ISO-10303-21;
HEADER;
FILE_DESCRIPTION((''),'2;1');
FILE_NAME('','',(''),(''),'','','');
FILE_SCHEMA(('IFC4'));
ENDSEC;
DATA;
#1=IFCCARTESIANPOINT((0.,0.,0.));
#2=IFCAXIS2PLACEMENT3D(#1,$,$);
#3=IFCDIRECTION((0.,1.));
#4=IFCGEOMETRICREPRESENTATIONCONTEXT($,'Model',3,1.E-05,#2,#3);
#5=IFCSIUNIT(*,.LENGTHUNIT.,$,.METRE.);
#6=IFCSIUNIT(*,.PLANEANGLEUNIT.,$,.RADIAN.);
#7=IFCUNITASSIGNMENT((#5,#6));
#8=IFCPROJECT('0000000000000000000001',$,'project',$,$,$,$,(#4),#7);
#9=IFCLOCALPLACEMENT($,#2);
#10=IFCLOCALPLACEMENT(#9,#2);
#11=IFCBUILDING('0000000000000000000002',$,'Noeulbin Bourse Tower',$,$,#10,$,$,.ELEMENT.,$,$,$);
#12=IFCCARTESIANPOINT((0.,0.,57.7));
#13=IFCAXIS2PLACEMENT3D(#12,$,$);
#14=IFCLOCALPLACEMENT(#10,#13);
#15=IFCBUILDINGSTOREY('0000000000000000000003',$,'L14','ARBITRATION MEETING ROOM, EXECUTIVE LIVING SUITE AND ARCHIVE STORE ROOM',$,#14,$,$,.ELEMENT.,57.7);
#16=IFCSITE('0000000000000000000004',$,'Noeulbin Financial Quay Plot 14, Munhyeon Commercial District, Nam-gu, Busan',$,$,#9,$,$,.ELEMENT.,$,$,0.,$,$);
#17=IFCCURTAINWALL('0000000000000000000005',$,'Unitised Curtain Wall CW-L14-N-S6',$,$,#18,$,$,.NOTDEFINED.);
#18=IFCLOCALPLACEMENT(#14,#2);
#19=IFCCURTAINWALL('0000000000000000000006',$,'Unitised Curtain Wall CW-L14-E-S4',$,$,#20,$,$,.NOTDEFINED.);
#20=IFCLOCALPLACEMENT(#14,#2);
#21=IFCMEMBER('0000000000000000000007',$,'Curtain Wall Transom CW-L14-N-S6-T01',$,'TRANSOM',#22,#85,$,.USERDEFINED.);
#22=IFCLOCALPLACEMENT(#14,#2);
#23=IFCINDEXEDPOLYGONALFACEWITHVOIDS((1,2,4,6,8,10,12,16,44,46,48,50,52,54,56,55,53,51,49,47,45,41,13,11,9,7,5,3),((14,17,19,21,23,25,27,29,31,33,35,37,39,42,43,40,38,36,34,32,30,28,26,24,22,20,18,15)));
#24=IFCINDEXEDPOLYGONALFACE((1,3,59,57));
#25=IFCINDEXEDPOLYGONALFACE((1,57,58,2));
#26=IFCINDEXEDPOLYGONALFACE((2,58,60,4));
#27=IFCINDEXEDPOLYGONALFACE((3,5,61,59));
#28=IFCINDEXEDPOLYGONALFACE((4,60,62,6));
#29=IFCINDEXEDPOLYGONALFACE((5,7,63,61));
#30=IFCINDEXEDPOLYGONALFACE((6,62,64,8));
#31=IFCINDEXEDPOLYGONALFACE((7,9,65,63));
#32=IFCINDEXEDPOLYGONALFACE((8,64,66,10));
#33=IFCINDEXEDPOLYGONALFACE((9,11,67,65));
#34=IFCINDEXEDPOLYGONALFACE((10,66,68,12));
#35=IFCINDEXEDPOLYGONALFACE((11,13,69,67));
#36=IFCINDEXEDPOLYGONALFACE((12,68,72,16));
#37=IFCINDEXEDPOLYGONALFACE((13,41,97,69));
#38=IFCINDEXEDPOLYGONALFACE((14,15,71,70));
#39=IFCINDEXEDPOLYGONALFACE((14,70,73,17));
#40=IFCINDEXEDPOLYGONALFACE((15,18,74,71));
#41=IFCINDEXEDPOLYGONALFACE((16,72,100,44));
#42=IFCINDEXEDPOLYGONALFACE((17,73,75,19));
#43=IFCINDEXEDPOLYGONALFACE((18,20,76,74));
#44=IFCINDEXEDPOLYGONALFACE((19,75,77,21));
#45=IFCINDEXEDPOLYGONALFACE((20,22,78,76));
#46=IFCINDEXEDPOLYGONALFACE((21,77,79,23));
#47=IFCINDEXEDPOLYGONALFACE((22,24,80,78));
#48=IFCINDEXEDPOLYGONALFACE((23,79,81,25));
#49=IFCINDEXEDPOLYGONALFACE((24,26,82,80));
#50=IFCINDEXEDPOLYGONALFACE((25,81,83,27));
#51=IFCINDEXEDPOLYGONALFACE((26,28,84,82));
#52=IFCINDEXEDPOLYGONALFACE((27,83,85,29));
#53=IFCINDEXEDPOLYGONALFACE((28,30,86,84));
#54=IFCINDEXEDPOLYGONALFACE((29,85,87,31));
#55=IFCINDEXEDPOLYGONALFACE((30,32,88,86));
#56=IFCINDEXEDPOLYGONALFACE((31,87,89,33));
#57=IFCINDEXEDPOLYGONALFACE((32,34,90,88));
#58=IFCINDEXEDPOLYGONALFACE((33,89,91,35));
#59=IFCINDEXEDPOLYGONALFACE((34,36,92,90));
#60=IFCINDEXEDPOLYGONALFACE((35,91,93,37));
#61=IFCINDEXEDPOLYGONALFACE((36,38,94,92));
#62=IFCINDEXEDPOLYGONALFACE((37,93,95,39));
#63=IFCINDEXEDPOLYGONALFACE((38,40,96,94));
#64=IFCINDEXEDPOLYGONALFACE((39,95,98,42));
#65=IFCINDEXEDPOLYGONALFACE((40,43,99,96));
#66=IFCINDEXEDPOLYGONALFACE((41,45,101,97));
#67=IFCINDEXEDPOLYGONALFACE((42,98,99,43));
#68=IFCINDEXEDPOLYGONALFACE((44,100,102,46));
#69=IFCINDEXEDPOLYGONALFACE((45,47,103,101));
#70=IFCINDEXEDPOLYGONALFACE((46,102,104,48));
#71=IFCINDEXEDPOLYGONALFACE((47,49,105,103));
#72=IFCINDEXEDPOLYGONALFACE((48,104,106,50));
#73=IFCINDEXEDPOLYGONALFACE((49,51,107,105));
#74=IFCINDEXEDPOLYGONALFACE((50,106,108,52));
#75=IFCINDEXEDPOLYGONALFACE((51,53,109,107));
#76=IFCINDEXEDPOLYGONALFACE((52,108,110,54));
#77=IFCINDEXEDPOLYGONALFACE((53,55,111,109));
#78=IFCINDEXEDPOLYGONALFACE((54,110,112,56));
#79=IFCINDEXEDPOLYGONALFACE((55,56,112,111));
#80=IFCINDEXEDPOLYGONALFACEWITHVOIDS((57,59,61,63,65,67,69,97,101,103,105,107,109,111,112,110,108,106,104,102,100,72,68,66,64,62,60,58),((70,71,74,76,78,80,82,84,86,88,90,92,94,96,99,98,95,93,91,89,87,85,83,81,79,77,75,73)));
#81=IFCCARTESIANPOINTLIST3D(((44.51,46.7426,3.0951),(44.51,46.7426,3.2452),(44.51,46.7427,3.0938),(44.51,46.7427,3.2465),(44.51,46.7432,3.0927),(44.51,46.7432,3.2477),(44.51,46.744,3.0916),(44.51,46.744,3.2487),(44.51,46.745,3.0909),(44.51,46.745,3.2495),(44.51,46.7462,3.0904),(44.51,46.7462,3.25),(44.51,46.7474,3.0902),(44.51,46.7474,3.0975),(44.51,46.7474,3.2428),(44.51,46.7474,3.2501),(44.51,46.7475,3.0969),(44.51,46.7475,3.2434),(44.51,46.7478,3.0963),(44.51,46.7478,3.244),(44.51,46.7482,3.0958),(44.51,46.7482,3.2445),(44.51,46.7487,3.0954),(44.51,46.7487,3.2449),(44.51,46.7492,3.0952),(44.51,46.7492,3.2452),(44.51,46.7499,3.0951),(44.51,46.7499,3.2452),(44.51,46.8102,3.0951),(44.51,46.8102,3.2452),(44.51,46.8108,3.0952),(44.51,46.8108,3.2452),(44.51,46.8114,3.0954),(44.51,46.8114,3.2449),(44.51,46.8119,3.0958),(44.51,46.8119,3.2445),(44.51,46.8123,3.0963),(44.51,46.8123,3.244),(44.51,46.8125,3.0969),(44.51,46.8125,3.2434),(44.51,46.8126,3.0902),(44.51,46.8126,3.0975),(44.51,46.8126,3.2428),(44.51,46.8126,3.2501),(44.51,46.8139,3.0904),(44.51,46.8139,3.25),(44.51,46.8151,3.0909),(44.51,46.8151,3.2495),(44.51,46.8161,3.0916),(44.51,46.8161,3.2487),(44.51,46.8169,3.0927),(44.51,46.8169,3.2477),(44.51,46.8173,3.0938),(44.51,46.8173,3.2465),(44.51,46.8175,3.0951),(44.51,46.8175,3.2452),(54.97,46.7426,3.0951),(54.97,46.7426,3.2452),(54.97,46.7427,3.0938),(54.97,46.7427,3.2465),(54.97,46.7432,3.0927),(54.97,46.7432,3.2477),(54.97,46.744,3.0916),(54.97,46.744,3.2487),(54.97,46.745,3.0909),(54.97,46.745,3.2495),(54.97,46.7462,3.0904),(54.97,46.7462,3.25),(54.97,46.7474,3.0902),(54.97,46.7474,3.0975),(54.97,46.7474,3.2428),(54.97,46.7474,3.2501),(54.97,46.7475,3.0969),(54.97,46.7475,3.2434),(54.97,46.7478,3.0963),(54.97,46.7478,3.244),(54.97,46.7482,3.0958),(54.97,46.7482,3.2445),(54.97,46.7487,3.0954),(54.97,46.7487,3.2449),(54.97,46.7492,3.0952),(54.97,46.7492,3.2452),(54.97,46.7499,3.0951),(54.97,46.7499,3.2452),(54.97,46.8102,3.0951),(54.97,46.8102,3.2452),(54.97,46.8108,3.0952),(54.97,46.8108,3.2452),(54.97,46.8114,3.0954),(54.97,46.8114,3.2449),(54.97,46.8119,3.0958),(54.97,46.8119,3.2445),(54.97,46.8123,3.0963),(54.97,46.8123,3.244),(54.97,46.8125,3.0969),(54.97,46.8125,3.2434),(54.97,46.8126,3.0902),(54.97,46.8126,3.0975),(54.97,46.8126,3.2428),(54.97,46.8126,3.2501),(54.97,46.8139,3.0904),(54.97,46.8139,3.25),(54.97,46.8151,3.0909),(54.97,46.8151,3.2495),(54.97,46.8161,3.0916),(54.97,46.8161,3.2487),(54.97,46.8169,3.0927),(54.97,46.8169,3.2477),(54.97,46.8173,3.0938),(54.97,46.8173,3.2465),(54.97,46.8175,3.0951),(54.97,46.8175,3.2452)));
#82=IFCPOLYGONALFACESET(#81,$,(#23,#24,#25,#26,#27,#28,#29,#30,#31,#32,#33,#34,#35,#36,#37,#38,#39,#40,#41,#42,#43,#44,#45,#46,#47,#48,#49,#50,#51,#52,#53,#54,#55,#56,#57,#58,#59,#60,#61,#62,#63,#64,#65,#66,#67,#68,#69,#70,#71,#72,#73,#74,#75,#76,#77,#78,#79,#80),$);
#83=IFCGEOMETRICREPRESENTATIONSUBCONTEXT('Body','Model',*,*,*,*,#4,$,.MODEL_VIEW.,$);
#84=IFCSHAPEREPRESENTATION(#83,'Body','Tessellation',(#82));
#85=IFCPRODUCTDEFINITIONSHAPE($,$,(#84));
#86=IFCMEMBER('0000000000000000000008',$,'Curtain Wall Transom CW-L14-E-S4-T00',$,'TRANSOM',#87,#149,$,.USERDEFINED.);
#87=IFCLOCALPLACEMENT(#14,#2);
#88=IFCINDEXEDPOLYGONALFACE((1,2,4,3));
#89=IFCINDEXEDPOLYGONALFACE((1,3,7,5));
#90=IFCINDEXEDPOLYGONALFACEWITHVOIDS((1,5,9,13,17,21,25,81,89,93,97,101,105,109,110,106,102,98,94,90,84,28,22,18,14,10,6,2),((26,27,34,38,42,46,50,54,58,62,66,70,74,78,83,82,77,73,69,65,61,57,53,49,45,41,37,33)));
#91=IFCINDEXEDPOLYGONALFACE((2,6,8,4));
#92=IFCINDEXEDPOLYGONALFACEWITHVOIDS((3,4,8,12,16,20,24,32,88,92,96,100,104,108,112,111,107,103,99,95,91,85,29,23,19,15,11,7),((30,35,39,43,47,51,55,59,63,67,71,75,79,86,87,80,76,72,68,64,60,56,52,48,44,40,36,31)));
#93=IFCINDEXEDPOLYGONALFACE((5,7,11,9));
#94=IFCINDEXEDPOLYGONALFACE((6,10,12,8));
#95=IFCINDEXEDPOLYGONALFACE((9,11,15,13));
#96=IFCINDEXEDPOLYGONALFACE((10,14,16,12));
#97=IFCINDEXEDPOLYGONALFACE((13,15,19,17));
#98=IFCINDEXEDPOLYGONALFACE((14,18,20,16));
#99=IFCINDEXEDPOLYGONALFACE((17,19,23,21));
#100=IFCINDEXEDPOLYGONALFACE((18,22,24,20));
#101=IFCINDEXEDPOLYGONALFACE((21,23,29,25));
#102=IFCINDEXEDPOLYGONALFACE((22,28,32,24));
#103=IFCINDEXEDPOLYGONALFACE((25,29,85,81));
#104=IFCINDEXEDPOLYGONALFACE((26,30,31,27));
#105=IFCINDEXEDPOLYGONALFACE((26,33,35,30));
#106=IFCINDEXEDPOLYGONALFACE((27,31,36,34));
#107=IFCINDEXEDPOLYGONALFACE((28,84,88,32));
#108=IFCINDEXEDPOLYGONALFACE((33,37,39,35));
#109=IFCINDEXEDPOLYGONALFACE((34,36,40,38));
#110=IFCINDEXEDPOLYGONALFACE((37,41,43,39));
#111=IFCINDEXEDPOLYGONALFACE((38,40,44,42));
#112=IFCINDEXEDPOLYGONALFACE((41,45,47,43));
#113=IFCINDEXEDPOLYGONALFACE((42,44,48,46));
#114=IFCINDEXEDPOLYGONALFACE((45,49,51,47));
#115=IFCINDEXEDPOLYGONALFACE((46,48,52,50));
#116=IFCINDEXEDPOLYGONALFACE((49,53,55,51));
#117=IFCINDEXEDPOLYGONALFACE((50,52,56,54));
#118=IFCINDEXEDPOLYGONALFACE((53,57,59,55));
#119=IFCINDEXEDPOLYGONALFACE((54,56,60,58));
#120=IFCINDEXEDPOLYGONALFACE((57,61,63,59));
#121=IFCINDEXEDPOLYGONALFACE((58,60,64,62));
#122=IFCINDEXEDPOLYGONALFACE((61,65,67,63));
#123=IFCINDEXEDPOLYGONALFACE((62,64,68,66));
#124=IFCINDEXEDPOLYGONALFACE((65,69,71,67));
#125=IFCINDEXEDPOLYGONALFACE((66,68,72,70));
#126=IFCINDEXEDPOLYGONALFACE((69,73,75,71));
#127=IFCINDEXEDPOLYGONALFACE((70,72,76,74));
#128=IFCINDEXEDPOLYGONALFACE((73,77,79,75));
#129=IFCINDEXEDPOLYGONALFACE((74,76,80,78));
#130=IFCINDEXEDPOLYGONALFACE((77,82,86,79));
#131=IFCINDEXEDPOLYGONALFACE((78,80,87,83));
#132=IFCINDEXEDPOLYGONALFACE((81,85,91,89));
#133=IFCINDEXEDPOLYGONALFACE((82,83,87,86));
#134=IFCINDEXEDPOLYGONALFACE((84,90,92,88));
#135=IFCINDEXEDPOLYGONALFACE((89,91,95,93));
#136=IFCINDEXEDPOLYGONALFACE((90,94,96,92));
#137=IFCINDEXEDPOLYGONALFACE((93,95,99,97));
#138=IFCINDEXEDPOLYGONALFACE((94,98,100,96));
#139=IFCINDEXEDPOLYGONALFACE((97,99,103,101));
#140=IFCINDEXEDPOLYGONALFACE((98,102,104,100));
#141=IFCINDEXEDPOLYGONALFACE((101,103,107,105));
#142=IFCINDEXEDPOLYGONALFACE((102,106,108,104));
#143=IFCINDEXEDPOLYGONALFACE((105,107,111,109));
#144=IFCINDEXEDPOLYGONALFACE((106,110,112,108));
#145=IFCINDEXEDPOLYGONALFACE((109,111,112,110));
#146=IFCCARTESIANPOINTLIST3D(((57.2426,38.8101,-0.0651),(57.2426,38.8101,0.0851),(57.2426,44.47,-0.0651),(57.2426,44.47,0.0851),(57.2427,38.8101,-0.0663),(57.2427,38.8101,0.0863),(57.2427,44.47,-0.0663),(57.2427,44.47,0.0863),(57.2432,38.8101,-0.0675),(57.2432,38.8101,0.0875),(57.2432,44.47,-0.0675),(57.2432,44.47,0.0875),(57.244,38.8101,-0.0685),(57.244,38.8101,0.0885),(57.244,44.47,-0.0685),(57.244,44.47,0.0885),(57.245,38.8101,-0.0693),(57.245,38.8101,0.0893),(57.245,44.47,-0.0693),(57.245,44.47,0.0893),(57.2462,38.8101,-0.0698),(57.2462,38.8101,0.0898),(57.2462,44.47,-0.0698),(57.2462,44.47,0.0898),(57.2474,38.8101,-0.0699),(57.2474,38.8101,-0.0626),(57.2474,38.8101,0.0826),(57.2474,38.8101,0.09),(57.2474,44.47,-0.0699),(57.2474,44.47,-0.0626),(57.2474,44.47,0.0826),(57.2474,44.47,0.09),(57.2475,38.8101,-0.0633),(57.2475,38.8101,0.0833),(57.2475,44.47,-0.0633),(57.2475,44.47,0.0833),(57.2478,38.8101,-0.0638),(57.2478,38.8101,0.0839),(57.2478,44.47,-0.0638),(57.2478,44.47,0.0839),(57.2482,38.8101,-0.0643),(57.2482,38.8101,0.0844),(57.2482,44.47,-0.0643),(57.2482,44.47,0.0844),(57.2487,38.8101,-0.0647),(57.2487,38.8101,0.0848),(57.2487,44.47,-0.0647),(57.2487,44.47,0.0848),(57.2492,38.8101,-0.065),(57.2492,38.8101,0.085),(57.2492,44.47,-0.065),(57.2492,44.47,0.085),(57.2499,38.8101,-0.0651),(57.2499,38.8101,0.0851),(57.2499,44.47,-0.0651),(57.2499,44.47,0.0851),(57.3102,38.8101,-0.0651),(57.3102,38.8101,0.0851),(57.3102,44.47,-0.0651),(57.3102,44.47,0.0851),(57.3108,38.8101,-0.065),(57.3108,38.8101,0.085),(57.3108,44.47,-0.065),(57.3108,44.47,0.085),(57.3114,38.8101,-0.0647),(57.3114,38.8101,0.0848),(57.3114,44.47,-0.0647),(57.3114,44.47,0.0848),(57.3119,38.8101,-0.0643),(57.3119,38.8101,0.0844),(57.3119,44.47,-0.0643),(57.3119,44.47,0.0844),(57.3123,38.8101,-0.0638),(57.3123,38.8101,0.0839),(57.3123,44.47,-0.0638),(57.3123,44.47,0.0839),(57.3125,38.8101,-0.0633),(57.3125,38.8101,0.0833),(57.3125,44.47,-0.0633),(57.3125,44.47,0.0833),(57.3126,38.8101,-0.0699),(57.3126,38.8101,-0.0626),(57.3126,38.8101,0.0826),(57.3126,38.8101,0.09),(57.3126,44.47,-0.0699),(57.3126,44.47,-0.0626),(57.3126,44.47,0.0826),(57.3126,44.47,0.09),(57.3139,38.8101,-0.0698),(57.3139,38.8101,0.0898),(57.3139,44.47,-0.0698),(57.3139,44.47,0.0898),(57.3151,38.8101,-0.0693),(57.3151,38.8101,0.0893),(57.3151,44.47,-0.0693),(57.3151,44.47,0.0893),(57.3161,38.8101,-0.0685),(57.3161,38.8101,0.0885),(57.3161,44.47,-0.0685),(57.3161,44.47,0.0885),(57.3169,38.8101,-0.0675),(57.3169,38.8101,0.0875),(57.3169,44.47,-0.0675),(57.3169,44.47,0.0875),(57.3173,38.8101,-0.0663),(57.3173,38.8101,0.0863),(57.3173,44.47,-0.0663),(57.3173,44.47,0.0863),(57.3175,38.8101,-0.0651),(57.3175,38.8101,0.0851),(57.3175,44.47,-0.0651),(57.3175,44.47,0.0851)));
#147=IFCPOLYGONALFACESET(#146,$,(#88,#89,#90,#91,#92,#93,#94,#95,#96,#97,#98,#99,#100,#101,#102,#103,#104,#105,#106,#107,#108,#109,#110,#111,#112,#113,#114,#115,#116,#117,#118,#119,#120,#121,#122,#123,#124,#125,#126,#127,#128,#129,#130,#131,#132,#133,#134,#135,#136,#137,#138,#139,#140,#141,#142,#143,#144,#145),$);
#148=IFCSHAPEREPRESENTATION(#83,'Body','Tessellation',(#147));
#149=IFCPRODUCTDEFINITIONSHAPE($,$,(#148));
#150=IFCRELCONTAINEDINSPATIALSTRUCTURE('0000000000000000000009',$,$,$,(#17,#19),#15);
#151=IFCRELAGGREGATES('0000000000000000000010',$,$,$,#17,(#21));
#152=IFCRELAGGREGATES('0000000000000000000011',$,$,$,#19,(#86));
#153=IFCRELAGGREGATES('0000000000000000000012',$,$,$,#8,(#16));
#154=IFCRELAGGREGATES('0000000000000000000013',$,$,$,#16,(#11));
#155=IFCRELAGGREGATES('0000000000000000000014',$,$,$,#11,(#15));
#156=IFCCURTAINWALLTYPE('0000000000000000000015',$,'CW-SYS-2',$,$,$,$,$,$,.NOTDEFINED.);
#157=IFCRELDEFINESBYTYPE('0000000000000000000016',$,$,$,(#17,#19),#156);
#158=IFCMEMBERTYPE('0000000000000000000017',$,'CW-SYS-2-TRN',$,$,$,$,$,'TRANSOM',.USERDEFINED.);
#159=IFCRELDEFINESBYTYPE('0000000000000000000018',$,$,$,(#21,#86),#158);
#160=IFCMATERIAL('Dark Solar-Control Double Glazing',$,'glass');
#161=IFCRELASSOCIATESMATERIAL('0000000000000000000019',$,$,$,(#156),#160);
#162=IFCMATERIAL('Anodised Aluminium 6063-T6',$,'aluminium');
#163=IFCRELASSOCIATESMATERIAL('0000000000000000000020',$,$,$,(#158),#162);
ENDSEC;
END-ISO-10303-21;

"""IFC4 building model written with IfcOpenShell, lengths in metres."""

from ifc_helpers import new_model, si_unit, direction, frame, origin, origin_2d, place, context, subcontext, project, spatial, hollow_rectangle, extrude, material, material_profile, profile_set, type_object, element, aggregate, save


model = new_model("IFC4")

# Units and contexts
model_context = context("Model", 3, precision=1e-05, world=origin(), true_north=direction((0.0, 1.0)))
body_context = subcontext(model_context, "Body", "Model", "MODEL_VIEW")
ifc_project = project(units=[si_unit("LENGTHUNIT", "METRE"), si_unit("PLANEANGLEUNIT", "RADIAN")], contexts=[model_context])

# Site, building, storey
site_placement = place(None, origin())
site = spatial("IfcSite", under=ifc_project, at=site_placement, Name="Noeulbin Financial Quay Plot 14, Munhyeon Commercial District, Nam-gu, Busan", CompositionType="ELEMENT", RefElevation=0.0)
building_placement = place(site_placement, origin())
building = spatial("IfcBuilding", under=site, at=building_placement, Name="Noeulbin Bourse Tower", CompositionType="ELEMENT")
storey_placement = place(building_placement, frame((0.0, 0.0, 57.7)))
storey = spatial("IfcBuildingStorey", under=building, at=storey_placement, Name="L14", Description="ARBITRATION MEETING ROOM, EXECUTIVE LIVING SUITE AND ARCHIVE STORE ROOM", CompositionType="ELEMENT", Elevation=57.7)

# Shared definitions
ifc_material_1 = material(Name="Dark Solar-Control Double Glazing", Category="glass")
curtain_wall_type = type_object("IfcCurtainWallType", Name="CW-SYS-2", PredefinedType="NOTDEFINED", material=ifc_material_1)
ifc_material_2 = material(Name="Anodised Aluminium 6063-T6", Category="aluminium")

# Curtain walls
curtain_wall_1_placement = place(storey_placement, origin())
curtain_wall_1 = element("IfcCurtainWall", 1, at=curtain_wall_1_placement, inside=storey, type_object=curtain_wall_type, Name="Unitised Curtain Wall CW-L14-N-S6", PredefinedType="NOTDEFINED")
curtain_wall_2_placement = place(storey_placement, origin())
curtain_wall_2 = element("IfcCurtainWall", 2, at=curtain_wall_2_placement, inside=storey, type_object=curtain_wall_type, Name="Unitised Curtain Wall CW-L14-E-S4", PredefinedType="NOTDEFINED")

# Members
ifc_material_profile_1 = material_profile(ifc_material_2, hollow_rectangle(XDim=0.075, YDim=0.1599, WallThickness=0.0049, InnerFilletRadius=0.0024, OuterFilletRadius=0.0049, at=origin_2d()), Name="ALU-TRAN-75x160x5", Category="LoadBearing")
ifc_profile_set_1 = profile_set([ifc_material_profile_1], Name="Anodised Aluminium 6063-T6")
member_type_1 = type_object("IfcMemberType", Name="CW-SYS-2-TRN", ElementType="TRANSOM", PredefinedType="USERDEFINED", material=ifc_profile_set_1)
member_1_placement = place(storey_placement, frame((44.51, 46.78, 3.1702), z_axis=(1.0, 0.0, 0.0), x_axis=(0.0, 1.0, 0.0)))
member_1 = element("IfcMember", 3, at=member_1_placement, type_object=member_type_1, Name="Curtain Wall Transom CW-L14-N-S6-T01", ObjectType="TRANSOM", PredefinedType="USERDEFINED", context=body_context, shape_type="SweptSolid", body=[
    extrude(hollow_rectangle(XDim=0.075, YDim=0.1599, WallThickness=0.0049, InnerFilletRadius=0.0024, OuterFilletRadius=0.0049, at=origin_2d()), origin(), (0.0, 0.0, 1.0), 10.46),
])
member_2_placement = place(storey_placement, frame((57.28, 38.8101, 0.01), z_axis=(0.0, 1.0, 0.0), x_axis=(-1.0, 0.0, 0.0)))
member_2 = element("IfcMember", 4, at=member_2_placement, type_object=member_type_1, Name="Curtain Wall Transom CW-L14-E-S4-T00", ObjectType="TRANSOM", PredefinedType="USERDEFINED", context=body_context, shape_type="SweptSolid", body=[
    extrude(hollow_rectangle(XDim=0.075, YDim=0.1599, WallThickness=0.0049, InnerFilletRadius=0.0024, OuterFilletRadius=0.0049, at=origin_2d()), origin(), (0.0, 0.0, 1.0), 5.6599),
])

aggregate(curtain_wall_1, [member_1])
aggregate(curtain_wall_2, [member_2])

save(model, "model.ifc")
